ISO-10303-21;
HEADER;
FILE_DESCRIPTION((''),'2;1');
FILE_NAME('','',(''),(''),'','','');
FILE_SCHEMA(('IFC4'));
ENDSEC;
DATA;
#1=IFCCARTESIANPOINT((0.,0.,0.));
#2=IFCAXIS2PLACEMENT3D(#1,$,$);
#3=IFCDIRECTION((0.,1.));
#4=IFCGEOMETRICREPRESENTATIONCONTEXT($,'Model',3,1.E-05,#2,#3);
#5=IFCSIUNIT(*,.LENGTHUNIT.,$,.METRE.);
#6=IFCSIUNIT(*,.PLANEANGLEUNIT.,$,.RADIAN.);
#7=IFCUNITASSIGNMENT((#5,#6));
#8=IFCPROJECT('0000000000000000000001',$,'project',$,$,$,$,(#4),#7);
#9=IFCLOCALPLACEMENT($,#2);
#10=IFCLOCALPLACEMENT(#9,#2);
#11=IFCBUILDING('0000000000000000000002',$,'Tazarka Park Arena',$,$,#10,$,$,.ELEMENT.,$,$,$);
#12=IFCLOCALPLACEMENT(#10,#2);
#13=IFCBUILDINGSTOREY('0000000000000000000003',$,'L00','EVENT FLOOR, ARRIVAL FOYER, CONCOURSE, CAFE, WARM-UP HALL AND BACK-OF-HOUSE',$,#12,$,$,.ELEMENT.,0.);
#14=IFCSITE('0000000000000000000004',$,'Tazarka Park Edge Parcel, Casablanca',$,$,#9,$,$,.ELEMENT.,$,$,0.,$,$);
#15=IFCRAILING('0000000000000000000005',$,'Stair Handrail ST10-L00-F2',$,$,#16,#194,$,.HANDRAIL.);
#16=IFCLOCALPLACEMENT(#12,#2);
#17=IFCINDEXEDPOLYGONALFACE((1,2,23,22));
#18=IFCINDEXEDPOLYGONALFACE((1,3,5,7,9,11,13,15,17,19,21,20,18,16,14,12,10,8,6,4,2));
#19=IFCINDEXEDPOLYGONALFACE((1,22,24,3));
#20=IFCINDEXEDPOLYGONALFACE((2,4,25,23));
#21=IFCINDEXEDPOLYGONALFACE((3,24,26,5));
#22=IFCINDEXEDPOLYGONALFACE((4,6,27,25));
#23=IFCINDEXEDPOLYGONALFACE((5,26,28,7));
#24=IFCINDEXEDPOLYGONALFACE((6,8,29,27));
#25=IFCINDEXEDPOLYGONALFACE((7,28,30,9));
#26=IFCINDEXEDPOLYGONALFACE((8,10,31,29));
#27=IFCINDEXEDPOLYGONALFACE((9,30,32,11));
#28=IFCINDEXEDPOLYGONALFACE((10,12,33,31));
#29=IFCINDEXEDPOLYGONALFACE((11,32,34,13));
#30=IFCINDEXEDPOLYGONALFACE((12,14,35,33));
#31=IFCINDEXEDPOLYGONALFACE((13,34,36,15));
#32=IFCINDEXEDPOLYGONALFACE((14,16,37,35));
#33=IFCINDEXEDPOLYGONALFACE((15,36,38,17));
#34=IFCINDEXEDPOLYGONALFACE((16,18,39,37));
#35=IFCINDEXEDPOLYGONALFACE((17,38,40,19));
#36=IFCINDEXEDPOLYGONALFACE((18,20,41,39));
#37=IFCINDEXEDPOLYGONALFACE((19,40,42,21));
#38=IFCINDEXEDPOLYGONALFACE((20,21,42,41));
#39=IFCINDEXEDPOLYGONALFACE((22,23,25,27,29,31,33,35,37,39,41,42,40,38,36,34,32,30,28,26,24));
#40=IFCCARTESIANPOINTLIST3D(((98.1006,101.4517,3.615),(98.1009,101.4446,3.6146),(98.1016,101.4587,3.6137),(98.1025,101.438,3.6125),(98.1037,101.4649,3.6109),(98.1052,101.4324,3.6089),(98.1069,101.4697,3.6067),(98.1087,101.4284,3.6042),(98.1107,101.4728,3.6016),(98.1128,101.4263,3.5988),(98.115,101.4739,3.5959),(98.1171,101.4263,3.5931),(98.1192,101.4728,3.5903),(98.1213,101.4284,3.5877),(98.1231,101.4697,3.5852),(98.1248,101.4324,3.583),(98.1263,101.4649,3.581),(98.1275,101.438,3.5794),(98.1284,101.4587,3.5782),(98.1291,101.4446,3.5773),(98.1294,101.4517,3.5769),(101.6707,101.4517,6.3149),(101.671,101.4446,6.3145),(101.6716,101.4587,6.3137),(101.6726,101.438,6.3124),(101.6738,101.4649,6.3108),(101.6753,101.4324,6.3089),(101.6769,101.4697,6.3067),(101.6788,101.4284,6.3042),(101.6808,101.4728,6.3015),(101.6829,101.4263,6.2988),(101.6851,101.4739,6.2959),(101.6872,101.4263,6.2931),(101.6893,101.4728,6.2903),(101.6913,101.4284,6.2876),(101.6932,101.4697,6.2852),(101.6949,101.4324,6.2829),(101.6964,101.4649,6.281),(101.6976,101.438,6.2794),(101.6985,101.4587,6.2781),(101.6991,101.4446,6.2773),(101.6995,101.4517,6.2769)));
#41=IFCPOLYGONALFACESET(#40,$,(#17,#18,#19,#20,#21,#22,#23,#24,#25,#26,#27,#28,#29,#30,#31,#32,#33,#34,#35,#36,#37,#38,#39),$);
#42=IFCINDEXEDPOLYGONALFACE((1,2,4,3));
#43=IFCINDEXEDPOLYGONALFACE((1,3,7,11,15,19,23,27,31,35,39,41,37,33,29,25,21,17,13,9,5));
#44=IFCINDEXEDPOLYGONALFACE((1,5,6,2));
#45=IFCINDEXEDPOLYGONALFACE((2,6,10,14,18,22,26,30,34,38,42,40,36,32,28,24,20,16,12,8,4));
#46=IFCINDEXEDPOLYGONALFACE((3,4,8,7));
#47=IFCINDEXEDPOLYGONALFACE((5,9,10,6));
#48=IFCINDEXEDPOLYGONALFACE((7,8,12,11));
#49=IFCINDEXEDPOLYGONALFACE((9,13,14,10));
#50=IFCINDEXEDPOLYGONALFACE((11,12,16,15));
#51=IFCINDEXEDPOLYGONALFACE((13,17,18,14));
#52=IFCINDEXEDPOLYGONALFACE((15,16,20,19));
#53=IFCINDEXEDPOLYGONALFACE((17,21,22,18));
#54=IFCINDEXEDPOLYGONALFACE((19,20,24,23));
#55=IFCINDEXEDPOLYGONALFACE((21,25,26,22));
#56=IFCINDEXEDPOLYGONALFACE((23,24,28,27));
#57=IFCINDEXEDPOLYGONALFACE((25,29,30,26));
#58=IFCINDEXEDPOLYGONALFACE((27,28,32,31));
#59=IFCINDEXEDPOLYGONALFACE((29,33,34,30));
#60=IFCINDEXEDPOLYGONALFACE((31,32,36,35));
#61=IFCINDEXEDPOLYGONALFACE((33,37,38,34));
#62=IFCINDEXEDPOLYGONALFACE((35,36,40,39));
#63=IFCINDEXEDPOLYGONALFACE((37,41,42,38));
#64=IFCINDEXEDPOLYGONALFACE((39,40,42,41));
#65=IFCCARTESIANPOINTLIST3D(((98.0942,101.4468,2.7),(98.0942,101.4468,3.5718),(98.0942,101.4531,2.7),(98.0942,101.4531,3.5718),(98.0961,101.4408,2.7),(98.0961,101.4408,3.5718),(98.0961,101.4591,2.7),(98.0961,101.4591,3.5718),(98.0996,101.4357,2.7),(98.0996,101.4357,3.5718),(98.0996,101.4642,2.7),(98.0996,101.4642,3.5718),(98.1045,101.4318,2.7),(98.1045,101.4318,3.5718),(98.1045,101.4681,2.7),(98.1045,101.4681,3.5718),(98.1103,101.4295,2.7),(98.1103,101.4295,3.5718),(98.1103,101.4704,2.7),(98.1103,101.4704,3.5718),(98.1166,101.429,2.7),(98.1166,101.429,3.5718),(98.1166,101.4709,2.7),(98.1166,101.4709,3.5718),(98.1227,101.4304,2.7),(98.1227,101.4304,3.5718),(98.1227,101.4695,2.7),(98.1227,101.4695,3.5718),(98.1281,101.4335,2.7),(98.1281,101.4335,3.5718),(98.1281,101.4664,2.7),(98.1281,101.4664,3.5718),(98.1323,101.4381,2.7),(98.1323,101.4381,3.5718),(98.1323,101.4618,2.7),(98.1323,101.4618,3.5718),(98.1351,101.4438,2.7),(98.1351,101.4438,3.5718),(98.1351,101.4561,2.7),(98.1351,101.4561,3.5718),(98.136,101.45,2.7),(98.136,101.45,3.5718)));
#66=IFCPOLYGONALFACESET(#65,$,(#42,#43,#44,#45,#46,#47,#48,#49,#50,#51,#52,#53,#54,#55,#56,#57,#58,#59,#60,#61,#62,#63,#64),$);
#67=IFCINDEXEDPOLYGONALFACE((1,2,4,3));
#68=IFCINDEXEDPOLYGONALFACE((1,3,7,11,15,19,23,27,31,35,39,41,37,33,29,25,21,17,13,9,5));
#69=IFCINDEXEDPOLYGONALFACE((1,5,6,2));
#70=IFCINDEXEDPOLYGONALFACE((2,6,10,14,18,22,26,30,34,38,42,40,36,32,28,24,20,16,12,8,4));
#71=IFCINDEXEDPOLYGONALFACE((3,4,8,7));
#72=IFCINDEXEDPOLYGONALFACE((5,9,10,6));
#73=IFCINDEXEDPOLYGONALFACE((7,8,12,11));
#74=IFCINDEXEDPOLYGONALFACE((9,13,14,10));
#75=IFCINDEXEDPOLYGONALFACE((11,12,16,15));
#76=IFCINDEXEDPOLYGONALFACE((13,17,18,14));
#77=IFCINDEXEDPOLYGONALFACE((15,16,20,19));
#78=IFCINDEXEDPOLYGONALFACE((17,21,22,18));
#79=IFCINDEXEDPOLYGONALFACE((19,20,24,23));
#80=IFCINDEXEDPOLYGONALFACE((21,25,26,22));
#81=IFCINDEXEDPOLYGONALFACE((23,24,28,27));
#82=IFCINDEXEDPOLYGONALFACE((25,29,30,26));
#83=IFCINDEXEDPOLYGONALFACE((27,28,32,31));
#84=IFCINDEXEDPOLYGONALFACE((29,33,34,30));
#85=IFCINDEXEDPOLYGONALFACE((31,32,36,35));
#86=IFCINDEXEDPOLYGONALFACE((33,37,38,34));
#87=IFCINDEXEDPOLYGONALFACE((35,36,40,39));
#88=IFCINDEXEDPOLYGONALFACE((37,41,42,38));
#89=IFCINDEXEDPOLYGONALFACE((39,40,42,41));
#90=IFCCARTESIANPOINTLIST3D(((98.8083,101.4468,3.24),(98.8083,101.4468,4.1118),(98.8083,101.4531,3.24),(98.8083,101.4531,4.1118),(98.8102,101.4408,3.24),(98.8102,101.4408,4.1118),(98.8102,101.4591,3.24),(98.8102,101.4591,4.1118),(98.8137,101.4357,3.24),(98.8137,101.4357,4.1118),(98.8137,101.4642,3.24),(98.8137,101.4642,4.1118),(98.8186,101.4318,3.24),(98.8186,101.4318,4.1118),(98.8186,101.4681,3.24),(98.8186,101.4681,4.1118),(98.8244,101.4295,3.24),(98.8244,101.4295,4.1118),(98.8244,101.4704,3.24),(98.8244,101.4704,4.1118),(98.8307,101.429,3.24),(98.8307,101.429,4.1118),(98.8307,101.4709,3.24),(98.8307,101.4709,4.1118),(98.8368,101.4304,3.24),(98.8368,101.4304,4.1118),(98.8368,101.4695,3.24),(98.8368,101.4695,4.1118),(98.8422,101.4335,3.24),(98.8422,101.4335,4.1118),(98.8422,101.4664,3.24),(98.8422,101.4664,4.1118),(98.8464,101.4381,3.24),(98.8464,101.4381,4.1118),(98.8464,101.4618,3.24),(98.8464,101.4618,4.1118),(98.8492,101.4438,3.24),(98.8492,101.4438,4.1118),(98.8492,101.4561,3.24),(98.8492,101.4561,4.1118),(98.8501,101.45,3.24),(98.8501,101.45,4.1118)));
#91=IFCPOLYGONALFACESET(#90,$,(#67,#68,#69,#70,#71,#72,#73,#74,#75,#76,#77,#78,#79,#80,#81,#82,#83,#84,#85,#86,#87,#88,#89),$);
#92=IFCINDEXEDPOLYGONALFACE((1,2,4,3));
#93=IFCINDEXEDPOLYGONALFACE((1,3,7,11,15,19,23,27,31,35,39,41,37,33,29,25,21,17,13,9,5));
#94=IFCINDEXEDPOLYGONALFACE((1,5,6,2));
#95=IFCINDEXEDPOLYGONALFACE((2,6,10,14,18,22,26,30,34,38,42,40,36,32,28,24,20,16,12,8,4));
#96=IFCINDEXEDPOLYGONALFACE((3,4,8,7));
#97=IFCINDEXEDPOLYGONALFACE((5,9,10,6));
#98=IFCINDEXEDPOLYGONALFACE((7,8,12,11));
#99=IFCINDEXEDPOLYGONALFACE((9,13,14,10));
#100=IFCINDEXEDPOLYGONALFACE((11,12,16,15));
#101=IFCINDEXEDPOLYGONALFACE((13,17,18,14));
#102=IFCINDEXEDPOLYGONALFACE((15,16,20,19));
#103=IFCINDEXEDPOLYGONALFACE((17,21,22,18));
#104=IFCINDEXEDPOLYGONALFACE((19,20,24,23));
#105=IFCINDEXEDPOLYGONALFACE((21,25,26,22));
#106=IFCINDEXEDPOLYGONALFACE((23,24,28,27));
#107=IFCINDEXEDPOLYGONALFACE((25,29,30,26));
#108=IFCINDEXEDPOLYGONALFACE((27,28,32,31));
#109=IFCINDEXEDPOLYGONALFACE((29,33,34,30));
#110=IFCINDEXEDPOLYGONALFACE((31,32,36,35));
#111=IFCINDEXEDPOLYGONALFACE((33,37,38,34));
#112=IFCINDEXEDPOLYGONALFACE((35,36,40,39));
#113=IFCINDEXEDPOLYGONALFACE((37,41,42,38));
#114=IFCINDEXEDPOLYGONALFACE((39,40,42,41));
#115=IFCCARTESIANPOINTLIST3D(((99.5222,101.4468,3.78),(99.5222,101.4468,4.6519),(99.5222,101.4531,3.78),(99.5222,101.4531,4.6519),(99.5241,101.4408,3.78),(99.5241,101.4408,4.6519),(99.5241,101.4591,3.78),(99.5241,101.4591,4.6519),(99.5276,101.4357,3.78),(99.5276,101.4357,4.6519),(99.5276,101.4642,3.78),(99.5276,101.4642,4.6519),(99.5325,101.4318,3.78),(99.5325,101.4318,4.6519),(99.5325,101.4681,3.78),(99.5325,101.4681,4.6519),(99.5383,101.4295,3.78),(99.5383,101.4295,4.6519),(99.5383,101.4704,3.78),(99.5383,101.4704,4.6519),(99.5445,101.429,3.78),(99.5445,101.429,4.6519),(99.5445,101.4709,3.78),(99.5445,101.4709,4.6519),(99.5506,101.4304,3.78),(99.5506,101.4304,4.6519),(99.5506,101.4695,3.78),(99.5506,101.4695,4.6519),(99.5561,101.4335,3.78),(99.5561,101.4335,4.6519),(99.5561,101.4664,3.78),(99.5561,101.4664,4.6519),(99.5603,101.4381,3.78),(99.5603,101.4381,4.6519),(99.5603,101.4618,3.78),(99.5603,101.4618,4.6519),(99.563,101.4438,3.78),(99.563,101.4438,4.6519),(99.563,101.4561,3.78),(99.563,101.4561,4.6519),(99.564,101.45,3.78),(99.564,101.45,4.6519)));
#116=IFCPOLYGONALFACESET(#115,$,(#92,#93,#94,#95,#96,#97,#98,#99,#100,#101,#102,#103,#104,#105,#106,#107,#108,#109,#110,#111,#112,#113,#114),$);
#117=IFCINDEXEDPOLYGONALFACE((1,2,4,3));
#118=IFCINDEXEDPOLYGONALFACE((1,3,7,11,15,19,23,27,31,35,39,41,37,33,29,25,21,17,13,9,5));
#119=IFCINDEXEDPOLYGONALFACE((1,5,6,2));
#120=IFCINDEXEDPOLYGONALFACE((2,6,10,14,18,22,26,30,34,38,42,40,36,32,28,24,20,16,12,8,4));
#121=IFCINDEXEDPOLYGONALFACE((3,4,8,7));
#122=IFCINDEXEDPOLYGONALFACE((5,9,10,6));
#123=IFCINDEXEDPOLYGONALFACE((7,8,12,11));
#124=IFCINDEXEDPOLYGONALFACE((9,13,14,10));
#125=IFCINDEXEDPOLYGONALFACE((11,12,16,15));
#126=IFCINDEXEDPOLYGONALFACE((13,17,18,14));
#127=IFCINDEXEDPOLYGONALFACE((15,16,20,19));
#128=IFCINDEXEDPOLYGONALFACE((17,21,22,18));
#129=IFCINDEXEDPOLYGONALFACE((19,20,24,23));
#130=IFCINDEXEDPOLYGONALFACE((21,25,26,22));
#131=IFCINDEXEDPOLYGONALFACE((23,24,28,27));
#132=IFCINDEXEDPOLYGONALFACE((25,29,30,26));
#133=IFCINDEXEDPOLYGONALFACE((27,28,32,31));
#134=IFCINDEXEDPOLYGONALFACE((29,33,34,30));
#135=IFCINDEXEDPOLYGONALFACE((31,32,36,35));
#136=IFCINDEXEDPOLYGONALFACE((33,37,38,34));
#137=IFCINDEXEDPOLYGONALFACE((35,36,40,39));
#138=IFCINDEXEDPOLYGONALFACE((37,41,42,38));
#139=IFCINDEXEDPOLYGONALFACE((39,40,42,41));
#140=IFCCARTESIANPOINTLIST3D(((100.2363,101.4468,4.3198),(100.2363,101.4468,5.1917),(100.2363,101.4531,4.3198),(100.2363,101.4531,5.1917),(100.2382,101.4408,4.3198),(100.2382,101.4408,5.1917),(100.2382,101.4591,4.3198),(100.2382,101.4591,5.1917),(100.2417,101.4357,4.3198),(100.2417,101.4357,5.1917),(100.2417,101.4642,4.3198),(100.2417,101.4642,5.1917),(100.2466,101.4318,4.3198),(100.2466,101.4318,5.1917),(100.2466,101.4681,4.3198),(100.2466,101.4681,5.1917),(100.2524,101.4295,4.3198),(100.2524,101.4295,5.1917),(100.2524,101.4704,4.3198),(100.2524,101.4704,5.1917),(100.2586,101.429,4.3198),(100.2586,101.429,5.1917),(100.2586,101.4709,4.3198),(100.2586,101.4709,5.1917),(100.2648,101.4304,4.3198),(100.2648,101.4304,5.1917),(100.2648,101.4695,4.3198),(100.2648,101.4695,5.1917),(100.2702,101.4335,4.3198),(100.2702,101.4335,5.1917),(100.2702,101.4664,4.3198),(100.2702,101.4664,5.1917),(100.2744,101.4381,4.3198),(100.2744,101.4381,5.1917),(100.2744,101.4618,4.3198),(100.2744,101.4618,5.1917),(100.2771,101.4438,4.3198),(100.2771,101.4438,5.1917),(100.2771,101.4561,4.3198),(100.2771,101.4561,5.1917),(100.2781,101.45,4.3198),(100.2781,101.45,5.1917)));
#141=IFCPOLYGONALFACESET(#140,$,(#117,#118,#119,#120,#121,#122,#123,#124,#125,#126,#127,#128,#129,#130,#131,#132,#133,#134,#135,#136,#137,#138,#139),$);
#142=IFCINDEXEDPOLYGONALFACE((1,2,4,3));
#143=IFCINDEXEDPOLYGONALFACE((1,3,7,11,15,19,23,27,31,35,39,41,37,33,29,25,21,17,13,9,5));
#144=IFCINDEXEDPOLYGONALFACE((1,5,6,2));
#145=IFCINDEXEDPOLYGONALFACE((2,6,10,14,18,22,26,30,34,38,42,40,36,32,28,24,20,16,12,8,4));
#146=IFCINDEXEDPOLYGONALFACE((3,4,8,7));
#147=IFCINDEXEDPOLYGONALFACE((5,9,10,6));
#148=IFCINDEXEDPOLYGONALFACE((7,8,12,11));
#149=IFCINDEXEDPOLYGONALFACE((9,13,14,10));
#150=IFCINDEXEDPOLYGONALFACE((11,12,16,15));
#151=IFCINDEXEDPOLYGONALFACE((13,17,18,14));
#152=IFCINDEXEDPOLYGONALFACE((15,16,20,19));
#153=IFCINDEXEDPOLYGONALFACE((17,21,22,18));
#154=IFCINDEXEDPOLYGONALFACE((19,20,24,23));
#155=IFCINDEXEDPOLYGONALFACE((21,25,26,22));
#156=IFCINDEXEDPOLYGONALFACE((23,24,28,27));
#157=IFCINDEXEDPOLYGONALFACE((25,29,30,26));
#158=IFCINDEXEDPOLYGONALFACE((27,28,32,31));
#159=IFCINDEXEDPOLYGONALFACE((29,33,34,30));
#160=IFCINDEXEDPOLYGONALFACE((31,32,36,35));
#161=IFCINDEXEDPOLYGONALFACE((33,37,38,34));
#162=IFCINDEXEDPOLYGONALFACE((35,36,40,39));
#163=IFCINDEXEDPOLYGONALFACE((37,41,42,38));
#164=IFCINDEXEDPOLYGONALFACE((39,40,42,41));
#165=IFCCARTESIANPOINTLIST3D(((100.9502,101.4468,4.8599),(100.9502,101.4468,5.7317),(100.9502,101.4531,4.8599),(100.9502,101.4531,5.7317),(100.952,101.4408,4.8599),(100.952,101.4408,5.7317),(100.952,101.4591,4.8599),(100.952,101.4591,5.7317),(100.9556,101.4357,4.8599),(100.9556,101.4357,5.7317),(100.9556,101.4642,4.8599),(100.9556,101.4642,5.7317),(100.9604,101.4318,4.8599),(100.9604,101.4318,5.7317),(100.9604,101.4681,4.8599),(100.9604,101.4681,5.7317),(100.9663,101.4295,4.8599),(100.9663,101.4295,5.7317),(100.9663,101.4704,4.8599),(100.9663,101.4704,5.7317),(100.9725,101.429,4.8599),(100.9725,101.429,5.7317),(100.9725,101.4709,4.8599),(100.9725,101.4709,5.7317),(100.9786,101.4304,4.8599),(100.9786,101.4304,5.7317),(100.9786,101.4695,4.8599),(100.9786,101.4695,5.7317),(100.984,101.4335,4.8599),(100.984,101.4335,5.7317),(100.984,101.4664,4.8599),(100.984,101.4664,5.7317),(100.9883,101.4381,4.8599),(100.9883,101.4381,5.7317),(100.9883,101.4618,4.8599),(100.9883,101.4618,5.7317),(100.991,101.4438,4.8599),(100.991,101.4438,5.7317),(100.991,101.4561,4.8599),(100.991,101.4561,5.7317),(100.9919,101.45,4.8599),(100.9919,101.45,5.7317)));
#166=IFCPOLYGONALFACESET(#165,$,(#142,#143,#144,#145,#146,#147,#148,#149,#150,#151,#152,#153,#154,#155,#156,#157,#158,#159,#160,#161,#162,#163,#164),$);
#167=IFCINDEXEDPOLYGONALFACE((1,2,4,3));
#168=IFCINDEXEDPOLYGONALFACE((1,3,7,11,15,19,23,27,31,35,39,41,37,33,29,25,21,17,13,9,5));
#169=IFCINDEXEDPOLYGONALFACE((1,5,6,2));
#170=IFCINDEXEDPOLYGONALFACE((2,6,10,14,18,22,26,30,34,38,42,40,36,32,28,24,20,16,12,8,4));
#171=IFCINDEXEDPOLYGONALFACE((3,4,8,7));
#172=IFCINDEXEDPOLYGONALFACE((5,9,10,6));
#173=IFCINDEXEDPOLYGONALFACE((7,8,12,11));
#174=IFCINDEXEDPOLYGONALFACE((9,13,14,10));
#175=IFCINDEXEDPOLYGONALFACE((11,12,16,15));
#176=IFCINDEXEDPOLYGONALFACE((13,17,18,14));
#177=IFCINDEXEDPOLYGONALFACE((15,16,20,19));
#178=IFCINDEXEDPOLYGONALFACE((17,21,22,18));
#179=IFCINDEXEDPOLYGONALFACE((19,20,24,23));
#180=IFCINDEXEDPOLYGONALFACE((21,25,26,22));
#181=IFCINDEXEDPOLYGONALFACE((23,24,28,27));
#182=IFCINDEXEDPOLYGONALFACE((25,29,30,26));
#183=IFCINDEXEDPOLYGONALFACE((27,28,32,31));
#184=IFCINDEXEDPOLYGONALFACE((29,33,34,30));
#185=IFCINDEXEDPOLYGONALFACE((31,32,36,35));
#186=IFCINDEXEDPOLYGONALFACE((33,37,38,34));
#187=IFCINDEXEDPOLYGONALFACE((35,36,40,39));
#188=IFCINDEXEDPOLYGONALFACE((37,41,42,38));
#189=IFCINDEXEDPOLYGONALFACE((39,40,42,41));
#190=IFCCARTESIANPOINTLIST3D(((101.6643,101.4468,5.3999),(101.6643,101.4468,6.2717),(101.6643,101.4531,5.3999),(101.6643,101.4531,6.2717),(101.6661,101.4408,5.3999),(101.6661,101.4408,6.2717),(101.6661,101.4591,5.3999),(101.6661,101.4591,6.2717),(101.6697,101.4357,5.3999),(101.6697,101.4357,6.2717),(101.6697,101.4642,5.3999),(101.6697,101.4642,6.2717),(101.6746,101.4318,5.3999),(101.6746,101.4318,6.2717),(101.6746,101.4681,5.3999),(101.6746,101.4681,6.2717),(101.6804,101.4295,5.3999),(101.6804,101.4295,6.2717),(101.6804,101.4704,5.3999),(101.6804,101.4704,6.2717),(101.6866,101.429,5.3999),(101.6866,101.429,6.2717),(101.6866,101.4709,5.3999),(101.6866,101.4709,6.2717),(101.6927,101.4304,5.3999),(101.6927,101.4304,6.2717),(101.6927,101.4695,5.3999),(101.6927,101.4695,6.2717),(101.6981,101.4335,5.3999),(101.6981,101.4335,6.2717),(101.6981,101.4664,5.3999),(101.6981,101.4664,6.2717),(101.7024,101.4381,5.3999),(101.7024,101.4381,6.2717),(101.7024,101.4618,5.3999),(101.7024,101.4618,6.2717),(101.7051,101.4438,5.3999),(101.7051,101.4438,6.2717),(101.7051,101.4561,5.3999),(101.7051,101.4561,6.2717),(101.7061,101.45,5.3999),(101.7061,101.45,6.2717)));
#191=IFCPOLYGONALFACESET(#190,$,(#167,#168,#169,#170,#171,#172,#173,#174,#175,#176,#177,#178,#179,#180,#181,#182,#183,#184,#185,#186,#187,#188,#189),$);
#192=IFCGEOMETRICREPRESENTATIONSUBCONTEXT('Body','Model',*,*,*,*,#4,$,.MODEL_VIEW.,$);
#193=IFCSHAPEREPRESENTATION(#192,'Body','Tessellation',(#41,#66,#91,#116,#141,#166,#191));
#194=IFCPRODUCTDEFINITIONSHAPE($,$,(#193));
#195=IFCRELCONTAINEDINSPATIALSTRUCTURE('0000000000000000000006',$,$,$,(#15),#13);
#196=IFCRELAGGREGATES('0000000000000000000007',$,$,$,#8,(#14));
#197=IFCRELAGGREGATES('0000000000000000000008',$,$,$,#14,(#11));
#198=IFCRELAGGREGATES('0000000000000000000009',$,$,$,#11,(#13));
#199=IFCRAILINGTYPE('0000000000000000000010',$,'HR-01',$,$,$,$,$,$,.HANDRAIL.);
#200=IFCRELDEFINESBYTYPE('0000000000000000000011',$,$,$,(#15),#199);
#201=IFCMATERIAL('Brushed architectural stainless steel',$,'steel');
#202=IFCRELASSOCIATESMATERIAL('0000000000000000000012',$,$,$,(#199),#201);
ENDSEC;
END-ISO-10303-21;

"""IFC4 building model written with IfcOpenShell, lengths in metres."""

from ifc_helpers import new_model, si_unit, direction, frame, origin, origin_2d, place, context, subcontext, project, spatial, circle, extrude, material, type_object, element, save


model = new_model("IFC4")

# Units and contexts
model_context = context("Model", 3, precision=1e-05, world=origin(), true_north=direction((0.0, 1.0)))
body_context = subcontext(model_context, "Body", "Model", "MODEL_VIEW")
ifc_project = project(units=[si_unit("LENGTHUNIT", "METRE"), si_unit("PLANEANGLEUNIT", "RADIAN")], contexts=[model_context])

# Site, building, storey
site_placement = place(None, origin())
site = spatial("IfcSite", under=ifc_project, at=site_placement, Name="Tazarka Park Edge Parcel, Casablanca", CompositionType="ELEMENT", RefElevation=0.0)
building_placement = place(site_placement, origin())
building = spatial("IfcBuilding", under=site, at=building_placement, Name="Tazarka Park Arena", CompositionType="ELEMENT")
storey_placement = place(building_placement, origin())
storey = spatial("IfcBuildingStorey", under=building, at=storey_placement, Name="L00", Description="EVENT FLOOR, ARRIVAL FOYER, CONCOURSE, CAFE, WARM-UP HALL AND BACK-OF-HOUSE", CompositionType="ELEMENT", Elevation=0.0)

# Railing
ifc_material_1 = material(Name="Brushed architectural stainless steel", Category="steel")
railing_type_1 = type_object("IfcRailingType", Name="HR-01", PredefinedType="HANDRAIL", material=ifc_material_1)
railing_1_placement = place(storey_placement, frame((98.115, 101.45, 2.7)))
element("IfcRailing", 1, at=railing_1_placement, inside=storey, type_object=railing_type_1, Name="Stair Handrail ST10-L00-F2", PredefinedType="HANDRAIL", context=body_context, shape_type="SweptSolid", body=[
    extrude(circle(Radius=0.0239, at=origin_2d()), frame((0.0, 0.0, 0.896), z_axis=(0.797591, 0.0, 0.603198), x_axis=(0.0, 1.0, 0.0)), (0.0, 0.0, 1.0), 4.4761),
    extrude(circle(Radius=0.021, at=origin_2d()), origin(), (0.0, 0.0, 1.0), 0.8718),
    extrude(circle(Radius=0.021, at=origin_2d()), frame((0.7141, 0.0, 0.54)), (0.0, 0.0, 1.0), 0.8718),
    extrude(circle(Radius=0.021, at=origin_2d()), frame((1.428, 0.0, 1.0801)), (0.0, 0.0, 1.0), 0.8718),
    extrude(circle(Radius=0.021, at=origin_2d()), frame((2.1421, 0.0, 1.6199)), (0.0, 0.0, 1.0), 0.8718),
    extrude(circle(Radius=0.021, at=origin_2d()), frame((2.856, 0.0, 2.1599)), (0.0, 0.0, 1.0), 0.8718),
    extrude(circle(Radius=0.021, at=origin_2d()), frame((3.5701, 0.0, 2.7)), (0.0, 0.0, 1.0), 0.8718),
])

save(model, "model.ifc")
